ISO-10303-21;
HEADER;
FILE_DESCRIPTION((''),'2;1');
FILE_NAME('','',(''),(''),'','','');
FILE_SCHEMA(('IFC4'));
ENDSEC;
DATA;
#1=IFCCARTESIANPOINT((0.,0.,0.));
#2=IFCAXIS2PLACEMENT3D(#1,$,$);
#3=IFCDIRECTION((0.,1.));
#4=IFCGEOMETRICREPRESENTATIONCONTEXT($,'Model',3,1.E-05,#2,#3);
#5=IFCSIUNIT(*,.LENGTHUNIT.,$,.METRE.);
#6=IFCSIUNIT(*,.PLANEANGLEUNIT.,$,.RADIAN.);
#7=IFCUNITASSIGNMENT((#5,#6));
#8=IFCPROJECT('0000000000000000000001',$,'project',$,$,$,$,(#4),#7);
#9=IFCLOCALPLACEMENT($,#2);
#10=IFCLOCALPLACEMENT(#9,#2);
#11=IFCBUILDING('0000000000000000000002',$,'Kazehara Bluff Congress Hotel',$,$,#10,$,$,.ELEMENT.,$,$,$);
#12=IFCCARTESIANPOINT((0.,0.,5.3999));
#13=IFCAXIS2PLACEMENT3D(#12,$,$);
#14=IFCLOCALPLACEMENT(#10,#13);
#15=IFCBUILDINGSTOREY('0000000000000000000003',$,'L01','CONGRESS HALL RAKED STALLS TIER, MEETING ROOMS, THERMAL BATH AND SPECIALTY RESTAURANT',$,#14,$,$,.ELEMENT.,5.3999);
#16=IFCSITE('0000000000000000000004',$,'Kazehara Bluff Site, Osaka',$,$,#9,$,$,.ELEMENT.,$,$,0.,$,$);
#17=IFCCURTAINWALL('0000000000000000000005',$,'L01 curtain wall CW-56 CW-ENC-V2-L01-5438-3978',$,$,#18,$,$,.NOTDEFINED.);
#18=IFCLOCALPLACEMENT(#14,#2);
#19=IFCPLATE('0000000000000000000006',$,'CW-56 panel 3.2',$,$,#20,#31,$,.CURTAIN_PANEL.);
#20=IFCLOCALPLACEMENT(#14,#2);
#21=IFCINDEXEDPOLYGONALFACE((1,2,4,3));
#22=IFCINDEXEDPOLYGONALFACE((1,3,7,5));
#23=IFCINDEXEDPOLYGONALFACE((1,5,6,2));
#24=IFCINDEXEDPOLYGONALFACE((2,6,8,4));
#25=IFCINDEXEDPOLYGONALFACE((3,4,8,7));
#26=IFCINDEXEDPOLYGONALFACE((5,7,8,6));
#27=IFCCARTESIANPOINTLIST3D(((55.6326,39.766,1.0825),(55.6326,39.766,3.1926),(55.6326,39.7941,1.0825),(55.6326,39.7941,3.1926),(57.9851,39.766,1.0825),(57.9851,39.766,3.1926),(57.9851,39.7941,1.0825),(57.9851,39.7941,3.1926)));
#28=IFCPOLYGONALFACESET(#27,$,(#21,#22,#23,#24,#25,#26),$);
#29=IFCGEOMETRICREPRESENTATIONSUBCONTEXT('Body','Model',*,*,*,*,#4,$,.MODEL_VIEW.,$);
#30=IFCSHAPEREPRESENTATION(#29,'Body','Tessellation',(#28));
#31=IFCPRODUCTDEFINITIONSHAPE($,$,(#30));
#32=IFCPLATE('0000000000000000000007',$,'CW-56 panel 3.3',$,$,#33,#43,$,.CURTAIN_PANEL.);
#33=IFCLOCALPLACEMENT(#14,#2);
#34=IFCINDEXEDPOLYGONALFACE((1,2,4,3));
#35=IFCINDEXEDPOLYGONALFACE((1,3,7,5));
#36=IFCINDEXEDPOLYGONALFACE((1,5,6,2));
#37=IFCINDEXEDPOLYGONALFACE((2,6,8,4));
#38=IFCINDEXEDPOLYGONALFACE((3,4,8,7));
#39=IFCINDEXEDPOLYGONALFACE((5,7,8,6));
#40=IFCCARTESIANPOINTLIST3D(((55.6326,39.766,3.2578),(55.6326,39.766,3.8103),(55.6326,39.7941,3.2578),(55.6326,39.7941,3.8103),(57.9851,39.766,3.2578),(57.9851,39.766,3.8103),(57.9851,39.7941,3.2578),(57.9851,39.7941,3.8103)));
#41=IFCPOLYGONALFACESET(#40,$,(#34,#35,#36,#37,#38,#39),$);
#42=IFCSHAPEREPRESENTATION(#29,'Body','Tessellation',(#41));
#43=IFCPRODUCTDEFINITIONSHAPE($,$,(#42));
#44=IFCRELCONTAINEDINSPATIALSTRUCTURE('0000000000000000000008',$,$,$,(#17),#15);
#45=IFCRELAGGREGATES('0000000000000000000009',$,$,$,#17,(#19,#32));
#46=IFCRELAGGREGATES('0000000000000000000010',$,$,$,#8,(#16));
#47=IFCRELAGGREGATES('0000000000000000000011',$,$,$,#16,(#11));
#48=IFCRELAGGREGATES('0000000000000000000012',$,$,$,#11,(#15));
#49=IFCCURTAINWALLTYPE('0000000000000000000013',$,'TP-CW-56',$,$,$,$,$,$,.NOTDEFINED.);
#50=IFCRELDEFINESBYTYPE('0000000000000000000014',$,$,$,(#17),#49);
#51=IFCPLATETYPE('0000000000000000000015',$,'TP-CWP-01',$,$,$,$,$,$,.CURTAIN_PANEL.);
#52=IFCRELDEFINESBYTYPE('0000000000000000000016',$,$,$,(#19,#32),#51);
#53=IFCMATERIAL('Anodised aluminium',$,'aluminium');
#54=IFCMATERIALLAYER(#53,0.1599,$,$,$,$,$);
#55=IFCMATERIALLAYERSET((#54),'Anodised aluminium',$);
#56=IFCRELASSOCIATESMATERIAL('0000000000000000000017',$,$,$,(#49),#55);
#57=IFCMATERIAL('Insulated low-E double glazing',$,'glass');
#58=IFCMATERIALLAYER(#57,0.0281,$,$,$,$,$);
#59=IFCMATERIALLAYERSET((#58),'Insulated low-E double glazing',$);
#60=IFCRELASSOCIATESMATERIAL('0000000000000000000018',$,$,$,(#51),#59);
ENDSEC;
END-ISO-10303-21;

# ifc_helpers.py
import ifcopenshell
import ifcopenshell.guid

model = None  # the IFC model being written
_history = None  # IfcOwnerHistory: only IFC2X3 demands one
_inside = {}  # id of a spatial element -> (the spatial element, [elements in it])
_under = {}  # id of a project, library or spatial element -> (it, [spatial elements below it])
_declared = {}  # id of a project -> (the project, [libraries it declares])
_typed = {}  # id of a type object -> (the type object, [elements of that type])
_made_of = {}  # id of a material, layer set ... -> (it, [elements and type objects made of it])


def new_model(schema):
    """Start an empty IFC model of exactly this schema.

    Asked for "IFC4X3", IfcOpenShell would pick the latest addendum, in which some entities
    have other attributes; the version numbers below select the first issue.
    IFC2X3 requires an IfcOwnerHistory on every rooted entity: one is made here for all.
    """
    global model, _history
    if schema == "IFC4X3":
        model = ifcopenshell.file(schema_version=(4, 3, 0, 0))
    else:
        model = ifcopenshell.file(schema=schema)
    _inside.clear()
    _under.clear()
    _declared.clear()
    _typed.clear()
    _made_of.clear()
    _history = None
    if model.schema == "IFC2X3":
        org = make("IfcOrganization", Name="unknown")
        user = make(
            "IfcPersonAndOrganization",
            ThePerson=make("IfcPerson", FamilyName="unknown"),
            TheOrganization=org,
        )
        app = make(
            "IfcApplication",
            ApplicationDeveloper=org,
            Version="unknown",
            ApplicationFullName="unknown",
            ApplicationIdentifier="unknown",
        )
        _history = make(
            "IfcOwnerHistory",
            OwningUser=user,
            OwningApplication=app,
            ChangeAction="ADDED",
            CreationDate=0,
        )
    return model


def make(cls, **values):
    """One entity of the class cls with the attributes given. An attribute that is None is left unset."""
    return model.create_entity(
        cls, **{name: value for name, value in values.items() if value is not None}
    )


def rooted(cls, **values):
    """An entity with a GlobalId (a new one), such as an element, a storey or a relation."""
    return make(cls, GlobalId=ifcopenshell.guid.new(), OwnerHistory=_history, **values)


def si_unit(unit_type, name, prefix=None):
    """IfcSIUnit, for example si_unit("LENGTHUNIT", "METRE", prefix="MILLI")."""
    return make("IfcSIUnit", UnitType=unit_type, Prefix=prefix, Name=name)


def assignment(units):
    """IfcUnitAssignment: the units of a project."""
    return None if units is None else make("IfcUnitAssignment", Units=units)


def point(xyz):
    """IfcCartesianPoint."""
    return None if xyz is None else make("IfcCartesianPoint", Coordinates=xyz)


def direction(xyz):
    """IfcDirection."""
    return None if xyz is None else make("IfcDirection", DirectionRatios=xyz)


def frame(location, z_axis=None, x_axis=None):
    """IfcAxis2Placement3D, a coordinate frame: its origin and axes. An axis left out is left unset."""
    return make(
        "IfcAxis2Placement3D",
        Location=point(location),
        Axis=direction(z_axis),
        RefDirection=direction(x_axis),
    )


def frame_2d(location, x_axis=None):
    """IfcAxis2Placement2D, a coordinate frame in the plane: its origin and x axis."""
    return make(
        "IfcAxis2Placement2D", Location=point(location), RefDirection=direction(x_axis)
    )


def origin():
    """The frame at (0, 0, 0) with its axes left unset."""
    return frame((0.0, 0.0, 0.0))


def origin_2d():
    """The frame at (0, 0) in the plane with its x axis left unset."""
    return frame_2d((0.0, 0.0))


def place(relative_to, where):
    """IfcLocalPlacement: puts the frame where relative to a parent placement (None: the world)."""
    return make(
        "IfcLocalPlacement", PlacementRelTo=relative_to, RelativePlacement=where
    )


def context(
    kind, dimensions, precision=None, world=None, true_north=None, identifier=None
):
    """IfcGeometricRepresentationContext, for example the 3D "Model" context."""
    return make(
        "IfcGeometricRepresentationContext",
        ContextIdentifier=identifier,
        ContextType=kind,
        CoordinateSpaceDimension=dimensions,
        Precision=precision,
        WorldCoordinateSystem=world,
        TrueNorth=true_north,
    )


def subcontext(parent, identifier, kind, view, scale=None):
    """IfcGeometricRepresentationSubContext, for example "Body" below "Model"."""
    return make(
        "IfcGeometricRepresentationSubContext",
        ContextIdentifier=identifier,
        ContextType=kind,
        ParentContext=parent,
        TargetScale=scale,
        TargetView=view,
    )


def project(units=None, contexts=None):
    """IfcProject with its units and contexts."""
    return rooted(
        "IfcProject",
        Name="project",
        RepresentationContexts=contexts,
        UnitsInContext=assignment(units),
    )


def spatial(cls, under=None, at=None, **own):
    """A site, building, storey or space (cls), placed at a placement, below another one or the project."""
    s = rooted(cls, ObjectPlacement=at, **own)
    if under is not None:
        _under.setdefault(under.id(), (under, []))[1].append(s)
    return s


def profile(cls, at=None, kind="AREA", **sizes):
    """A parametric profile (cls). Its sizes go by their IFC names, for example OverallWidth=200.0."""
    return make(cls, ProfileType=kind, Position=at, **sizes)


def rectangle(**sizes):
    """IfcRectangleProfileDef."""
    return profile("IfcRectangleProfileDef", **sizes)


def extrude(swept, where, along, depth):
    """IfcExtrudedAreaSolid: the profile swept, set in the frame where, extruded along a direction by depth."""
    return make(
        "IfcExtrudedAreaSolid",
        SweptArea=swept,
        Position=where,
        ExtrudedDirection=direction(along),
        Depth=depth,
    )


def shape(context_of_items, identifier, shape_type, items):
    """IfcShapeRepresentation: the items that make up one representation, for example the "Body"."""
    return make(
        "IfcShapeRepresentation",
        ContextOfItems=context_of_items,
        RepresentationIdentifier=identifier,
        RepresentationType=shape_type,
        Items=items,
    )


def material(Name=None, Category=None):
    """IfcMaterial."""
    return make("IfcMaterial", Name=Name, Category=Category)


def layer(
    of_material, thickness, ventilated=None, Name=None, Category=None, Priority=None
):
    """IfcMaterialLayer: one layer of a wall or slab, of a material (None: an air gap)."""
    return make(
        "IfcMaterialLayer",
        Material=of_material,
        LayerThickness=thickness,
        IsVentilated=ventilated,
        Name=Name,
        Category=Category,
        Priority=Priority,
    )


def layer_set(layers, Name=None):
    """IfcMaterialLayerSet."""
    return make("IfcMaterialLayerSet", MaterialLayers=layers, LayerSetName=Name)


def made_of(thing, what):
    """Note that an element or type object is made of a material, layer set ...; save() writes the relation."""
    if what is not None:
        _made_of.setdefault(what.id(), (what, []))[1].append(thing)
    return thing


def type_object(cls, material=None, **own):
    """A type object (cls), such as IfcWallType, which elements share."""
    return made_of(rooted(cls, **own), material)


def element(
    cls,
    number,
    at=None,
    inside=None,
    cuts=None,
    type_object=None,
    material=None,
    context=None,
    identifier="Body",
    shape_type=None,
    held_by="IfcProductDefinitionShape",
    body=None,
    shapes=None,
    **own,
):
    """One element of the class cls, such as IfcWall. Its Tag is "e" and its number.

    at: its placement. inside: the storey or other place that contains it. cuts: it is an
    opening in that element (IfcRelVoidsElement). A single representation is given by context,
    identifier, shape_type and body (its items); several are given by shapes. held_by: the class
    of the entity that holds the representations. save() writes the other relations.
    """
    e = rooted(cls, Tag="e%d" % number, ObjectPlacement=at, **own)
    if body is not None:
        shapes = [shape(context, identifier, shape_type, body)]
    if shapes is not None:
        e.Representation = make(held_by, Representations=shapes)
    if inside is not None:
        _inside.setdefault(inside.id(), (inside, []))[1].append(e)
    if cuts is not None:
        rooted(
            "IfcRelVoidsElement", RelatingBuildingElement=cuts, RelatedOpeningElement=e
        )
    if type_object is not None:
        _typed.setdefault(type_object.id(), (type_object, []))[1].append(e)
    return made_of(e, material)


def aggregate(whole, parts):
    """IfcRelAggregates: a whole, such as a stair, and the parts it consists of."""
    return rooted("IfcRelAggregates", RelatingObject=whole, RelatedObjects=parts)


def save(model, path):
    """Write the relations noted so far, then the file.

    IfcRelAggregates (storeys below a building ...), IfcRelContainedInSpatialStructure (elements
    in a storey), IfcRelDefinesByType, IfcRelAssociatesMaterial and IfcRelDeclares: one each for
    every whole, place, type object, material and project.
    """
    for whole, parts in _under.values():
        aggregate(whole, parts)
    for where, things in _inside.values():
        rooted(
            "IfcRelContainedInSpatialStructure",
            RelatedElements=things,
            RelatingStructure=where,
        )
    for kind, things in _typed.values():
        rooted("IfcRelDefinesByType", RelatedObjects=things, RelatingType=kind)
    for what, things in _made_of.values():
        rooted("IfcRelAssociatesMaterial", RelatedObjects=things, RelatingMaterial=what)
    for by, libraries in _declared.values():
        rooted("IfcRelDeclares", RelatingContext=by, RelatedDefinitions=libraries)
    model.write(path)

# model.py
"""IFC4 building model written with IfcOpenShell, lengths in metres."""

from ifc_helpers import new_model, si_unit, direction, frame, origin, origin_2d, place, context, subcontext, project, spatial, rectangle, extrude, material, layer, layer_set, type_object, element, aggregate, save


model = new_model("IFC4")

# Units and contexts
model_context = context("Model", 3, precision=1e-05, world=origin(), true_north=direction((0.0, 1.0)))
body_context = subcontext(model_context, "Body", "Model", "MODEL_VIEW")
ifc_project = project(units=[si_unit("LENGTHUNIT", "METRE"), si_unit("PLANEANGLEUNIT", "RADIAN")], contexts=[model_context])

# Site, building, storey
site_placement = place(None, origin())
site = spatial("IfcSite", under=ifc_project, at=site_placement, Name="Kazehara Bluff Site, Osaka", CompositionType="ELEMENT", RefElevation=0.0)
building_placement = place(site_placement, origin())
building = spatial("IfcBuilding", under=site, at=building_placement, Name="Kazehara Bluff Congress Hotel", CompositionType="ELEMENT")
storey_placement = place(building_placement, frame((0.0, 0.0, 5.3999)))
storey = spatial("IfcBuildingStorey", under=building, at=storey_placement, Name="L01", Description="CONGRESS HALL RAKED STALLS TIER, MEETING ROOMS, THERMAL BATH AND SPECIALTY RESTAURANT", CompositionType="ELEMENT", Elevation=5.3999)

# Curtain wall
ifc_material_1 = material(Name="Anodised aluminium", Category="aluminium")
ifc_layer_1 = layer(ifc_material_1, 0.1599)
ifc_layer_set_1 = layer_set([ifc_layer_1], Name="Anodised aluminium")
curtain_wall_type_1 = type_object("IfcCurtainWallType", Name="TP-CW-56", PredefinedType="NOTDEFINED", material=ifc_layer_set_1)
curtain_wall_1_placement = place(storey_placement, origin())
curtain_wall_1 = element("IfcCurtainWall", 1, at=curtain_wall_1_placement, inside=storey, type_object=curtain_wall_type_1, Name="L01 curtain wall CW-56 CW-ENC-V2-L01-5438-3978", PredefinedType="NOTDEFINED")

# Plates
ifc_material_2 = material(Name="Insulated low-E double glazing", Category="glass")
ifc_layer_2 = layer(ifc_material_2, 0.0281)
ifc_layer_set_2 = layer_set([ifc_layer_2], Name="Insulated low-E double glazing")
plate_type = type_object("IfcPlateType", Name="TP-CWP-01", PredefinedType="CURTAIN_PANEL", material=ifc_layer_set_2)
plate_1_placement = place(storey_placement, frame((56.8088, 39.78, 1.0825), z_axis=(0.0, 0.0, 1.0), x_axis=(1.0, 0.0, 0.0)))
plate_1 = element("IfcPlate", 2, at=plate_1_placement, type_object=plate_type, Name="CW-56 panel 3.2", PredefinedType="CURTAIN_PANEL", context=body_context, shape_type="SweptSolid", body=[
    extrude(rectangle(XDim=2.3525, YDim=0.0281, at=origin_2d()), origin(), (0.0, 0.0, 1.0), 2.1101),
])
plate_2_placement = place(storey_placement, frame((56.8088, 39.78, 3.2578), z_axis=(0.0, 0.0, 1.0), x_axis=(1.0, 0.0, 0.0)))
plate_2 = element("IfcPlate", 3, at=plate_2_placement, type_object=plate_type, Name="CW-56 panel 3.3", PredefinedType="CURTAIN_PANEL", context=body_context, shape_type="SweptSolid", body=[
    extrude(rectangle(XDim=2.3525, YDim=0.0281, at=origin_2d()), origin(), (0.0, 0.0, 1.0), 0.5525),
])
aggregate(curtain_wall_1, [plate_1, plate_2])

save(model, "model.ifc")
